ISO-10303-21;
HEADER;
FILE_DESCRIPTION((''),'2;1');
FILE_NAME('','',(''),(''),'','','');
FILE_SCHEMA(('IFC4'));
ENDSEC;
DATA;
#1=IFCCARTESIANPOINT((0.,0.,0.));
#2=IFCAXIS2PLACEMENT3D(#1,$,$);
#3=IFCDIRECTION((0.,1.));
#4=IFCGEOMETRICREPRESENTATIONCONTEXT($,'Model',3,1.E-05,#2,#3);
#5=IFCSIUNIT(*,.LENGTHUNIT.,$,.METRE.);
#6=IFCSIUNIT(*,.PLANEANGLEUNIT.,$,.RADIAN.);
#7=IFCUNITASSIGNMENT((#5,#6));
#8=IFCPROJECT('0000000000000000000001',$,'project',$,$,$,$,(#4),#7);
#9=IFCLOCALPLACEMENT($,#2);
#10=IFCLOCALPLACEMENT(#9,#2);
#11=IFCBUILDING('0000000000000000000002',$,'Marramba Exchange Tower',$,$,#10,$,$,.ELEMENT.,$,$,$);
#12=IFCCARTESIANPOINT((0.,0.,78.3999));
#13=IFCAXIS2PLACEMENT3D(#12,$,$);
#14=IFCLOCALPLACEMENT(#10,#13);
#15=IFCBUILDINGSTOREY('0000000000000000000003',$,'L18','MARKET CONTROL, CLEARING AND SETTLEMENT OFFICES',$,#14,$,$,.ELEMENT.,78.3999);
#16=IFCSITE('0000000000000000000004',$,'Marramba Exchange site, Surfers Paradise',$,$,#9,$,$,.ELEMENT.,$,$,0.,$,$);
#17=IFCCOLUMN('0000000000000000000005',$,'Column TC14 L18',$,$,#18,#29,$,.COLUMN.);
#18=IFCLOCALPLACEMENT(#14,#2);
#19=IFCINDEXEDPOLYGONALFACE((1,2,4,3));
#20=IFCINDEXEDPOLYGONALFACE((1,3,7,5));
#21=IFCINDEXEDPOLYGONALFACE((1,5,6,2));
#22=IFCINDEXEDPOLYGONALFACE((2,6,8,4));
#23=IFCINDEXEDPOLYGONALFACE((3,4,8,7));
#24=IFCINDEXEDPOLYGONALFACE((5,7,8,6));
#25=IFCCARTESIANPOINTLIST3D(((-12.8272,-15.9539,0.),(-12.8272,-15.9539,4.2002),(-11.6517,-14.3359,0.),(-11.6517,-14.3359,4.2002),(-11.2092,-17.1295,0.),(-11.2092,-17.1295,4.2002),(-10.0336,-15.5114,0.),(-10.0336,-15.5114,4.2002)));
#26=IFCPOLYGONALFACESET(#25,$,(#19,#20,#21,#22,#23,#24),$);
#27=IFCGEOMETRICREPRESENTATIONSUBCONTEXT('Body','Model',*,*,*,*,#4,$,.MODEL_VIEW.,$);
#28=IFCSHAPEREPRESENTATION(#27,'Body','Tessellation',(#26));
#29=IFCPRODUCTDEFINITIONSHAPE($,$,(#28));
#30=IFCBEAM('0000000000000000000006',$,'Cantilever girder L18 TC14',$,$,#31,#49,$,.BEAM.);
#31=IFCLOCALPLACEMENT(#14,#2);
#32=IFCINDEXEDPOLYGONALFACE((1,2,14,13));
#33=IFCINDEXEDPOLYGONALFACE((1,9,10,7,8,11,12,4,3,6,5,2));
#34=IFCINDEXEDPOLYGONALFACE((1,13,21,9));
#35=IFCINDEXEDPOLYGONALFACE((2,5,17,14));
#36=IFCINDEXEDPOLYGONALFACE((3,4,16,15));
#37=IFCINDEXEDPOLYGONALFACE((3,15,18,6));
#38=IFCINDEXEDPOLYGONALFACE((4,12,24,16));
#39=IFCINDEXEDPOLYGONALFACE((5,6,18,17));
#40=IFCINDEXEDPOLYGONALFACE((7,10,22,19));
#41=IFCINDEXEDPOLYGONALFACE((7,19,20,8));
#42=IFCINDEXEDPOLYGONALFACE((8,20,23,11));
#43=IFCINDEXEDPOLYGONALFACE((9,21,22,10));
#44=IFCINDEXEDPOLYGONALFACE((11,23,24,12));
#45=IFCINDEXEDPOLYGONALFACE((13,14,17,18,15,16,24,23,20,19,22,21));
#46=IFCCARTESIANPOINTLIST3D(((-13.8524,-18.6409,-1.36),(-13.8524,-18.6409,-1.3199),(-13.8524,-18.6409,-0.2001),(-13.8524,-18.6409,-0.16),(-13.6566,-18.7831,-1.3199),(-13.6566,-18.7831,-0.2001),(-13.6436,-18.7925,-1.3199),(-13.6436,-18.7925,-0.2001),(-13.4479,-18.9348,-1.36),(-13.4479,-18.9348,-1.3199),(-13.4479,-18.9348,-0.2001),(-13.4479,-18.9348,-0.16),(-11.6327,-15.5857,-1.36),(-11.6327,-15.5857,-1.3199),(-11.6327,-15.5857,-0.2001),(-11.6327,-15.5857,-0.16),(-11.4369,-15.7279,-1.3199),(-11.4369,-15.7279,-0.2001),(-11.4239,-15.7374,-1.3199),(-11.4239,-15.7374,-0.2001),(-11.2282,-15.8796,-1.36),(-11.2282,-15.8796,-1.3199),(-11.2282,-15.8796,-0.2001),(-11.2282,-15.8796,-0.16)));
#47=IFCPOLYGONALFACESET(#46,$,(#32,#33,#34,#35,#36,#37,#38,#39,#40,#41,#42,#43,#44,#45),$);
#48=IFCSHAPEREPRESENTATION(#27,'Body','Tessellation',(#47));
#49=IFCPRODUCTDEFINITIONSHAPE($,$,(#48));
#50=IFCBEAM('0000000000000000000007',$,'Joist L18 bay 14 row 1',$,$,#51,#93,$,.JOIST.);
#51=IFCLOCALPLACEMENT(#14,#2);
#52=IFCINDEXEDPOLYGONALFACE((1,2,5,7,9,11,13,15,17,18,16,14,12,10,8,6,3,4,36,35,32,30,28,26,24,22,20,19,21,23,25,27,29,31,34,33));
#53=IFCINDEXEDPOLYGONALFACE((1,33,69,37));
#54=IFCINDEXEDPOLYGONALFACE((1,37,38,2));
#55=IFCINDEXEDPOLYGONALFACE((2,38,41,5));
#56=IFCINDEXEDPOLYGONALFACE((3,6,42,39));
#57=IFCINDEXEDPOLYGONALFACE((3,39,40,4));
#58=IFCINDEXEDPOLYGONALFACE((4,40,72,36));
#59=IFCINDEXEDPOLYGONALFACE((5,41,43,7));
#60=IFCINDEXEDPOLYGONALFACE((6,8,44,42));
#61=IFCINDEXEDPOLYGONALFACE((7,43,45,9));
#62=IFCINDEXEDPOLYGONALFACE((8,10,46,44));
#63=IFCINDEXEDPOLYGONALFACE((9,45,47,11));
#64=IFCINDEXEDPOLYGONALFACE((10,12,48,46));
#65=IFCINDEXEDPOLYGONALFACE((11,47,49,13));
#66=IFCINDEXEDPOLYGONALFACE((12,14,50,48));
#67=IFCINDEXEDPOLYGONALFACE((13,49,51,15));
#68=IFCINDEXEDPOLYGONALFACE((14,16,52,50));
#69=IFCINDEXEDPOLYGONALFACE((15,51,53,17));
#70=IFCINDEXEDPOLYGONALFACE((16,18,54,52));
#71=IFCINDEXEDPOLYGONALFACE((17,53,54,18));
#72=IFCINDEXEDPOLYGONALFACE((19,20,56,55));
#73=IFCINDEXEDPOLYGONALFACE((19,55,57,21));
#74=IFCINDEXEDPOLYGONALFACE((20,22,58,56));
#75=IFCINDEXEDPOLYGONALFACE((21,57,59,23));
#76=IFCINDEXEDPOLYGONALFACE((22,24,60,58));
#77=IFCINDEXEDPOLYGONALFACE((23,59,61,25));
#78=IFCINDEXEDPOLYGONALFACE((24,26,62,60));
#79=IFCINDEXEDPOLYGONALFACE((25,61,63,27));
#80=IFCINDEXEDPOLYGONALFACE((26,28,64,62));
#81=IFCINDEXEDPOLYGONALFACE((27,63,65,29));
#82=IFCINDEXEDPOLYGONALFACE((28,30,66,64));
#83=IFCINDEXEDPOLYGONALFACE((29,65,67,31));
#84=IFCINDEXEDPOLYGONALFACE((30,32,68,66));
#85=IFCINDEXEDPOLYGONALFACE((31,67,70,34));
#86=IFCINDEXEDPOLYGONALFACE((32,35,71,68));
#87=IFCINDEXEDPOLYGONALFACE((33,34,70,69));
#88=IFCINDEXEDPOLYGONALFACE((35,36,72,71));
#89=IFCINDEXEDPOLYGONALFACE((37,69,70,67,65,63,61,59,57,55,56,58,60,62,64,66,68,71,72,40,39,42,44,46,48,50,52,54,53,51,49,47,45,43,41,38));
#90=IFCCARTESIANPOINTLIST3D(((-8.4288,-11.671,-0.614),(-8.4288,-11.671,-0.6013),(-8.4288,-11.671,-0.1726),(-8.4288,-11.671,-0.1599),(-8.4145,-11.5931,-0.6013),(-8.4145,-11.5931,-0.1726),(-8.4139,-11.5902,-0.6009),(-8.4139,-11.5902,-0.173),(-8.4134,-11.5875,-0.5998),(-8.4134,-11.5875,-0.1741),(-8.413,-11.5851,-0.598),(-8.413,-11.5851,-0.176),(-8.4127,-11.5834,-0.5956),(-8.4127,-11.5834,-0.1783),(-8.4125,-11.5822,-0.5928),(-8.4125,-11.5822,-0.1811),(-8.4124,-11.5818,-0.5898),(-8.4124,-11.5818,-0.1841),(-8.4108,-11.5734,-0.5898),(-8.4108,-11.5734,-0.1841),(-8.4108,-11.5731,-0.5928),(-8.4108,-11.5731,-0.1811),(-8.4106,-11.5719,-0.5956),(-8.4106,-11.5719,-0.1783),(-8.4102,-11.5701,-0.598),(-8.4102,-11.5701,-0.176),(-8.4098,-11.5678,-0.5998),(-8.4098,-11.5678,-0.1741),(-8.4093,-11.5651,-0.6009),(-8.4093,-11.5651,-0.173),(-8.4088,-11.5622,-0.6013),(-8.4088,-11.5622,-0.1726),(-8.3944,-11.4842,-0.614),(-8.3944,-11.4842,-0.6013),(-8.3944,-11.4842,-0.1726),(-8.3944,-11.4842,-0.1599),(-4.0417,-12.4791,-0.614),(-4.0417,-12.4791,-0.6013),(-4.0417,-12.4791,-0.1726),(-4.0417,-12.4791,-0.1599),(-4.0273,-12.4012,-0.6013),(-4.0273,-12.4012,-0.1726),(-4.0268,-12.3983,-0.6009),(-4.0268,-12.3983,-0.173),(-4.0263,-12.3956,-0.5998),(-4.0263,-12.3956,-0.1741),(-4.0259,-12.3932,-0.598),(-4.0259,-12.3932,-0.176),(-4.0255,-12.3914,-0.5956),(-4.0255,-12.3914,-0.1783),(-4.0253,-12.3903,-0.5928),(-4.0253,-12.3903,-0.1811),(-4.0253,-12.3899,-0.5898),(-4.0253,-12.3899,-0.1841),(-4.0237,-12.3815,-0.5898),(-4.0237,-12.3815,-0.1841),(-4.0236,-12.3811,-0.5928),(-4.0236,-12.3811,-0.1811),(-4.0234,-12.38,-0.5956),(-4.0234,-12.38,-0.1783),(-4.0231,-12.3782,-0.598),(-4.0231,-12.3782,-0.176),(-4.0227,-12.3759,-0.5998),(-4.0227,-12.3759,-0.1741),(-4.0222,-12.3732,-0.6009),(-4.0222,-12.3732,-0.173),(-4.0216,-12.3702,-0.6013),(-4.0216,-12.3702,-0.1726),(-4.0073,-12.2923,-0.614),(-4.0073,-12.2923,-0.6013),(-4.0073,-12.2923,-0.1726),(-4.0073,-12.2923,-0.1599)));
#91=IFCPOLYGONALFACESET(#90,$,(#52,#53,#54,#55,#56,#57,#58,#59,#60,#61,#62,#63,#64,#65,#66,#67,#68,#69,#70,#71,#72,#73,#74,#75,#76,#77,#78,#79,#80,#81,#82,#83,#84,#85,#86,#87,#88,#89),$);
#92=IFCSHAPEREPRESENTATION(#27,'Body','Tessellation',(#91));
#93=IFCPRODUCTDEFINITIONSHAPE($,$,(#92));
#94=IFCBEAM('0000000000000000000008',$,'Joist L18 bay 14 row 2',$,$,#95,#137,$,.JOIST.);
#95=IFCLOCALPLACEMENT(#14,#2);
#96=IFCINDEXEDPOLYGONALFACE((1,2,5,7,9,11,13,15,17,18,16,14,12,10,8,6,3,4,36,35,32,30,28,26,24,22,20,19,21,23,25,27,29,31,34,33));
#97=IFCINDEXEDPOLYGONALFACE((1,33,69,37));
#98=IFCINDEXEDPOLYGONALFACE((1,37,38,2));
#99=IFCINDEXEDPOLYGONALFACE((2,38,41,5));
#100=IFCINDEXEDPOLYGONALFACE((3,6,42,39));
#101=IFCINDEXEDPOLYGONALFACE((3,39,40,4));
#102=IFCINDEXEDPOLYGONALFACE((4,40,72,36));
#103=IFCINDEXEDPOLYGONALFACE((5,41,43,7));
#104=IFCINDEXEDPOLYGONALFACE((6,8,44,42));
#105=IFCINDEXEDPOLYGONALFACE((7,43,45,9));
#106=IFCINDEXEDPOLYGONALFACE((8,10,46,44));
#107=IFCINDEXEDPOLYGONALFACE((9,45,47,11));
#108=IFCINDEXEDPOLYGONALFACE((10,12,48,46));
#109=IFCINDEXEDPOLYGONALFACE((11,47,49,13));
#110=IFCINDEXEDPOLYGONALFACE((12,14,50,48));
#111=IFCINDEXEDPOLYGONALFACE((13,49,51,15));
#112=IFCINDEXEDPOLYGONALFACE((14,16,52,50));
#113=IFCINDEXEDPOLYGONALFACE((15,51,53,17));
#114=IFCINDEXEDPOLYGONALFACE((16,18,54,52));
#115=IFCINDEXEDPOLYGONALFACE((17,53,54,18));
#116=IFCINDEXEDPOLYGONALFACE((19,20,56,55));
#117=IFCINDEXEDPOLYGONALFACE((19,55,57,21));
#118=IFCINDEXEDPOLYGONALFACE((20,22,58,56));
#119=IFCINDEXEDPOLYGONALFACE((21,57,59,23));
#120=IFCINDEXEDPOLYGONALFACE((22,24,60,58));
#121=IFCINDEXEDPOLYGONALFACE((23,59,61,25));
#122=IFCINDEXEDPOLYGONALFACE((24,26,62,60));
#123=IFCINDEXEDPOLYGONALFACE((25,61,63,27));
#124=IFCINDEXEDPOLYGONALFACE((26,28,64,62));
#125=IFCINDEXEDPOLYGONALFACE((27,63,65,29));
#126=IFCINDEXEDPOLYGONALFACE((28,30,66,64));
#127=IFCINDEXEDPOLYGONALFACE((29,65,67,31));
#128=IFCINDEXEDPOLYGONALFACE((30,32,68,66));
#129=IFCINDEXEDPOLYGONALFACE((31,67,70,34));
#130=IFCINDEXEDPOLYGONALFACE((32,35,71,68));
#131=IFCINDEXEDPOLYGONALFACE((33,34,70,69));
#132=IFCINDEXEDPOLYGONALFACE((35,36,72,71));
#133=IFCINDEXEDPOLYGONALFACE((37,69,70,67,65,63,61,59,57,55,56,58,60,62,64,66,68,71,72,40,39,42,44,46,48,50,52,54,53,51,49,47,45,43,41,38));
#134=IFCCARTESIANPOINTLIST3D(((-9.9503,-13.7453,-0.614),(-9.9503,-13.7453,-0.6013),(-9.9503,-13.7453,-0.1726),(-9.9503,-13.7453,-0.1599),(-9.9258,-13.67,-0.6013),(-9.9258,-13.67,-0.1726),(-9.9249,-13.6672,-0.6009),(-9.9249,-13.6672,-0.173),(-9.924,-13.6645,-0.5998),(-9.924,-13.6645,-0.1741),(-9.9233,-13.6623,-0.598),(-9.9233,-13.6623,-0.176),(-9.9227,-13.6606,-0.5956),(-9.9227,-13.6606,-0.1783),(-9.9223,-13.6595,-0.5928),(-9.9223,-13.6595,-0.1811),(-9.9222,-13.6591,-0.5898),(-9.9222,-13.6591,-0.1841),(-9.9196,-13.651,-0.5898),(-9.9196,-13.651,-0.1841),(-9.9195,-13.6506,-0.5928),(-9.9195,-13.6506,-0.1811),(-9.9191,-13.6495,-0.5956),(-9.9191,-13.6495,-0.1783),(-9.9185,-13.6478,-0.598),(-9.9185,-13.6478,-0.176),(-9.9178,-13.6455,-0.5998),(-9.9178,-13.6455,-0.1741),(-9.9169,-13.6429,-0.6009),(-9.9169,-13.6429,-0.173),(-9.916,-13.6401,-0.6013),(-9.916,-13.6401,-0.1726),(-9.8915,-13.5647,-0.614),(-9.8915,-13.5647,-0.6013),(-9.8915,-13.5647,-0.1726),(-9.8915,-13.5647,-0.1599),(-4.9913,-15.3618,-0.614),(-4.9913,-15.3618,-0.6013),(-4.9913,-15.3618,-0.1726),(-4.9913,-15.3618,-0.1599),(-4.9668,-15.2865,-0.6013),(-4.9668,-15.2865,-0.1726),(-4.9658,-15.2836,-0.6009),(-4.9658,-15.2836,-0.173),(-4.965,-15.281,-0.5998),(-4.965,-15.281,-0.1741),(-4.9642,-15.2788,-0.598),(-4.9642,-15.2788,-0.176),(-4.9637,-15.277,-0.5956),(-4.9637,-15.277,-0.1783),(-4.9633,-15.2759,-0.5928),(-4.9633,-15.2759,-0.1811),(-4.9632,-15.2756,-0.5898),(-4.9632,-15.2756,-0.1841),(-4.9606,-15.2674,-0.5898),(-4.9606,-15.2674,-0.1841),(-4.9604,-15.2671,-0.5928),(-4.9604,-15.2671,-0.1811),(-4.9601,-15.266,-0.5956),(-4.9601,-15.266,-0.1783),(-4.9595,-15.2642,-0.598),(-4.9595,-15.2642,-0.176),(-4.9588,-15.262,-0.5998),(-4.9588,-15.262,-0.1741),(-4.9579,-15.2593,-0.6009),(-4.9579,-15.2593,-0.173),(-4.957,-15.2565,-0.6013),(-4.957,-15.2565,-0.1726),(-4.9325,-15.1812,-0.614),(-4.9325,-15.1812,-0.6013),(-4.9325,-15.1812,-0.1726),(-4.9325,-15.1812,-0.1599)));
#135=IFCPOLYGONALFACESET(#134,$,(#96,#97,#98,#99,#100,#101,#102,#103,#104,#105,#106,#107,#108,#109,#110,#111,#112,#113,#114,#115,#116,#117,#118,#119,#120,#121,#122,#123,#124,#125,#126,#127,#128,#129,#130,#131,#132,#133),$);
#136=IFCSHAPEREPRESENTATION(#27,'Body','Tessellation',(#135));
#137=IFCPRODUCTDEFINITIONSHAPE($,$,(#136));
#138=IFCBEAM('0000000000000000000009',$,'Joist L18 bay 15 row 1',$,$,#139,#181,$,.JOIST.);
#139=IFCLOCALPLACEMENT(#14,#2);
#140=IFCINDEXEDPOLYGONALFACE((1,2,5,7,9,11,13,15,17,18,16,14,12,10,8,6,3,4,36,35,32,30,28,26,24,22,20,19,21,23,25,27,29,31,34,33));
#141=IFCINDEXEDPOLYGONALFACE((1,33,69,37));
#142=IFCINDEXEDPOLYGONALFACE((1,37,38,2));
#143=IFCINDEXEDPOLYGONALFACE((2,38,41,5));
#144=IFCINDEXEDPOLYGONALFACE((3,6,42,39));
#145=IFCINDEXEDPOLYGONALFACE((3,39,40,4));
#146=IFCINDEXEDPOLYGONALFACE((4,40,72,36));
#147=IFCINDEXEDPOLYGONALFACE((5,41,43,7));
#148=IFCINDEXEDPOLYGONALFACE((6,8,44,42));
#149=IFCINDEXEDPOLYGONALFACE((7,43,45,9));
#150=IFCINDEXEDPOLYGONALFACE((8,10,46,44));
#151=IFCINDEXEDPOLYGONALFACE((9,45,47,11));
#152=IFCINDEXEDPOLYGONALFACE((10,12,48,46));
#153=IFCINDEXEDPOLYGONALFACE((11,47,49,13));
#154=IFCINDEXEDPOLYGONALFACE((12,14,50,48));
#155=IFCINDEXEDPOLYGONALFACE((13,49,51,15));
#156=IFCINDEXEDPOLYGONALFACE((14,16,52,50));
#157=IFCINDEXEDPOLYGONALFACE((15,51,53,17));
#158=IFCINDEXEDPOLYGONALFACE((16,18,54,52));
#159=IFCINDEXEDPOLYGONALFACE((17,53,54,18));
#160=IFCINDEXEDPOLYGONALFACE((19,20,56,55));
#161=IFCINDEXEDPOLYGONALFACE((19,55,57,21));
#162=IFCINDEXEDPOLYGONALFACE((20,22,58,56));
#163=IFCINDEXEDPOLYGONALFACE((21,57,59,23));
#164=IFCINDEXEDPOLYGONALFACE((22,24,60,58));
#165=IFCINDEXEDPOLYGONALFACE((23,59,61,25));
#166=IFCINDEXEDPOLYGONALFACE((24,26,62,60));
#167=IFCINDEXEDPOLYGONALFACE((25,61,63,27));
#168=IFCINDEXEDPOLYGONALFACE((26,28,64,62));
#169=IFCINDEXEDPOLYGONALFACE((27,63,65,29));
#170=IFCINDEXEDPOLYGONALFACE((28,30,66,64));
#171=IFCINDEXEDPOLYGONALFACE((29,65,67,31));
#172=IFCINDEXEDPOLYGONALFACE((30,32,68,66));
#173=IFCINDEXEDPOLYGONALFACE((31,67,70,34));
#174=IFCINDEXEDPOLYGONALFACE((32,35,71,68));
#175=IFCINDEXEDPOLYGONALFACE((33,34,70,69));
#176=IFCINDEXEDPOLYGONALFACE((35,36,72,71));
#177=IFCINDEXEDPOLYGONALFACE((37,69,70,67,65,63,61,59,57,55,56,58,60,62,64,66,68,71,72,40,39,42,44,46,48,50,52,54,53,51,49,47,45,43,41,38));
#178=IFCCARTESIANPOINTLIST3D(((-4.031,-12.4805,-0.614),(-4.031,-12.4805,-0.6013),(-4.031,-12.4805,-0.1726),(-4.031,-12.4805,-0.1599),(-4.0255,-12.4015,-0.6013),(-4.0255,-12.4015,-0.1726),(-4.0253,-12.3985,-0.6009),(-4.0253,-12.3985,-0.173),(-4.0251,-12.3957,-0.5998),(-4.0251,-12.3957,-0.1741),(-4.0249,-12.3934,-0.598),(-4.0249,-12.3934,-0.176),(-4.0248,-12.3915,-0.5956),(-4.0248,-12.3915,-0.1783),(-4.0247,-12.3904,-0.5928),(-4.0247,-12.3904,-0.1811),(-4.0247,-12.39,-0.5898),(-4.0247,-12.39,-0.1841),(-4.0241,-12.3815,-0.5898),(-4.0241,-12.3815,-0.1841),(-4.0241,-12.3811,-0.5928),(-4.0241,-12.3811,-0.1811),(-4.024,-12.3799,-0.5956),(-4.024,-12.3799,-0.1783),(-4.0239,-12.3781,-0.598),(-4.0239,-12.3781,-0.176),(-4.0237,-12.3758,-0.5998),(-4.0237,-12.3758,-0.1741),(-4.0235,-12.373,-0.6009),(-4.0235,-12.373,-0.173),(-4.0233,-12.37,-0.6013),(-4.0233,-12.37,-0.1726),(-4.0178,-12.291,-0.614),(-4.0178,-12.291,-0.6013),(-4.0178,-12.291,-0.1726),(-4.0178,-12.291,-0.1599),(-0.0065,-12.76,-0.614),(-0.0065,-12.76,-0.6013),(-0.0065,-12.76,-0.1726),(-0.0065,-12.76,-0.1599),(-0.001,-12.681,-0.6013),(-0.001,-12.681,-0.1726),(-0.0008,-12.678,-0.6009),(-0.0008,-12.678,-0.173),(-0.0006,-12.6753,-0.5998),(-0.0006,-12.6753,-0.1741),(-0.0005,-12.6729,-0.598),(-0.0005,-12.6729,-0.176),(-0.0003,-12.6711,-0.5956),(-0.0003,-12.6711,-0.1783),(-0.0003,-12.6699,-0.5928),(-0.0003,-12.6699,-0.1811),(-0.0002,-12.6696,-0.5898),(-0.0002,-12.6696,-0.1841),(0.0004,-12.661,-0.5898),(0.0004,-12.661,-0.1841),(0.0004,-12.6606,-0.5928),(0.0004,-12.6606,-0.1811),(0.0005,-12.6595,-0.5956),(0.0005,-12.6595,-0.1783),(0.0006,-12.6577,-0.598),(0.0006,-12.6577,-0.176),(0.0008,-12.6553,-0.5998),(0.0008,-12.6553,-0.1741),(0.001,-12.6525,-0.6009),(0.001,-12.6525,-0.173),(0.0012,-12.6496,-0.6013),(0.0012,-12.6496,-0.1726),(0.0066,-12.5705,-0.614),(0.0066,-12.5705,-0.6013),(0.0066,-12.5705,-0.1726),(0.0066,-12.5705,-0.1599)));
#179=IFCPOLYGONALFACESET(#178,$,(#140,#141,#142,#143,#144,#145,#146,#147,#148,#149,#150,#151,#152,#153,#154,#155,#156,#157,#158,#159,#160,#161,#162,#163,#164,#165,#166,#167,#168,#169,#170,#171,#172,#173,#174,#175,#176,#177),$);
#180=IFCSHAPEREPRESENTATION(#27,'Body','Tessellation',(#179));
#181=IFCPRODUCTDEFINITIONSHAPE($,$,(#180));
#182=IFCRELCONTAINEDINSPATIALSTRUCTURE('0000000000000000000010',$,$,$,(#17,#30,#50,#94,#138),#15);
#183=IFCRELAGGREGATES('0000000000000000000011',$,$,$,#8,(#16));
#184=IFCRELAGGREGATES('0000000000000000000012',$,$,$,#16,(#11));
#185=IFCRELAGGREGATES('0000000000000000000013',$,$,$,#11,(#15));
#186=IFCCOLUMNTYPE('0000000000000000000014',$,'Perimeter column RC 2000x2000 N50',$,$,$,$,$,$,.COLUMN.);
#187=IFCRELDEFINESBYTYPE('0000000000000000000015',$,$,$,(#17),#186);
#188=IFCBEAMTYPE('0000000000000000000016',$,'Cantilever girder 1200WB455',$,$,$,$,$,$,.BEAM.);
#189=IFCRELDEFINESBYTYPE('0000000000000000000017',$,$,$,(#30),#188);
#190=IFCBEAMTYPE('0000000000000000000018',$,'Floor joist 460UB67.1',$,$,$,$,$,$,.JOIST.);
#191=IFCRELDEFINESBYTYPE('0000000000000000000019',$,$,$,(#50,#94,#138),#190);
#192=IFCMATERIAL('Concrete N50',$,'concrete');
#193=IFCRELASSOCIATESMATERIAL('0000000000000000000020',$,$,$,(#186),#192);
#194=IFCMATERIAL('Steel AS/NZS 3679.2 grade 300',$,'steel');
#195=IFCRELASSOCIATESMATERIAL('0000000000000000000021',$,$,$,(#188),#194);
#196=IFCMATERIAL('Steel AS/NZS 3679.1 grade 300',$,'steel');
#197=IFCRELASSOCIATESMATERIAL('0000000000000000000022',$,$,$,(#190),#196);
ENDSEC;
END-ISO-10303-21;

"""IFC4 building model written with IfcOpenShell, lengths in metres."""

from ifc_helpers import new_model, si_unit, direction, frame, origin, origin_2d, place, context, subcontext, project, spatial, rectangle, i_section, extrude, material, material_profile, profile_set, type_object, element, save


model = new_model("IFC4")

# Units and contexts
model_context = context("Model", 3, precision=1e-05, world=origin(), true_north=direction((0.0, 1.0)))
body_context = subcontext(model_context, "Body", "Model", "MODEL_VIEW")
ifc_project = project(units=[si_unit("LENGTHUNIT", "METRE"), si_unit("PLANEANGLEUNIT", "RADIAN")], contexts=[model_context])

# Site, building, storey
site_placement = place(None, origin())
site = spatial("IfcSite", under=ifc_project, at=site_placement, Name="Marramba Exchange site, Surfers Paradise", CompositionType="ELEMENT", RefElevation=0.0)
building_placement = place(site_placement, origin())
building = spatial("IfcBuilding", under=site, at=building_placement, Name="Marramba Exchange Tower", CompositionType="ELEMENT")
storey_placement = place(building_placement, frame((0.0, 0.0, 78.3999)))
storey = spatial("IfcBuildingStorey", under=building, at=storey_placement, Name="L18", Description="MARKET CONTROL, CLEARING AND SETTLEMENT OFFICES", CompositionType="ELEMENT", Elevation=78.3999)

# Column
ifc_material_1 = material(Name="Concrete N50", Category="concrete")
ifc_material_profile_1 = material_profile(ifc_material_1, rectangle(XDim=2.0, YDim=2.0, at=origin_2d()), Name="RC 2000x2000")
ifc_profile_set_1 = profile_set([ifc_material_profile_1], Name="Concrete N50")
column_type = type_object("IfcColumnType", Name="Perimeter column RC 2000x2000 N50", PredefinedType="COLUMN", material=ifc_profile_set_1)
column_placement = place(storey_placement, frame((-11.4304, -15.7327, 0.0), z_axis=(0.0, 0.0, 1.0), x_axis=(-0.587785, -0.809017, 0.0)))
element("IfcColumn", 1, at=column_placement, inside=storey, type_object=column_type, Name="Column TC14 L18", PredefinedType="COLUMN", context=body_context, shape_type="SweptSolid", body=[
    extrude(rectangle(XDim=2.0, YDim=2.0, at=origin_2d()), origin(), (0.0, 0.0, 1.0), 4.2002),
])

# Beams
ifc_material_2 = material(Name="Steel AS/NZS 3679.2 grade 300", Category="steel")
ifc_material_profile_2 = material_profile(ifc_material_2, i_section(OverallWidth=0.5, OverallDepth=1.2, WebThickness=0.0161, FlangeThickness=0.04, at=origin_2d()), Name="1200WB455")
ifc_profile_set_2 = profile_set([ifc_material_profile_2], Name="Steel AS/NZS 3679.2 grade 300")
beam_type_1 = type_object("IfcBeamType", Name="Cantilever girder 1200WB455", PredefinedType="BEAM", material=ifc_profile_set_2)
beam_1_placement = place(storey_placement, frame((-11.4304, -15.7327, -0.76), z_axis=(-0.587787, -0.809016, 0.0), x_axis=(0.809016, -0.587787, 0.0)))
element("IfcBeam", 2, at=beam_1_placement, inside=storey, type_object=beam_type_1, Name="Cantilever girder L18 TC14", PredefinedType="BEAM", context=body_context, shape_type="SweptSolid", body=[
    extrude(i_section(OverallWidth=0.5, OverallDepth=1.2, WebThickness=0.0161, FlangeThickness=0.04, at=origin_2d()), origin(), (0.0, 0.0, 1.0), 3.7764),
])
ifc_material_3 = material(Name="Steel AS/NZS 3679.1 grade 300", Category="steel")
ifc_material_profile_3 = material_profile(ifc_material_3, i_section(OverallWidth=0.1899, OverallDepth=0.4541, WebThickness=0.0085, FlangeThickness=0.0127, FilletRadius=0.0115, at=origin_2d()), Name="460UB67.1")
ifc_profile_set_3 = profile_set([ifc_material_profile_3], Name="Steel AS/NZS 3679.1 grade 300")
beam_type_2 = type_object("IfcBeamType", Name="Floor joist 460UB67.1", PredefinedType="JOIST", material=ifc_profile_set_3)
beam_2_placement = place(storey_placement, frame((-8.4116, -11.5776, -0.387), z_axis=(0.983456, -0.181149, 0.0), x_axis=(0.181149, 0.983456, 0.0)))
element("IfcBeam", 3, at=beam_2_placement, inside=storey, type_object=beam_type_2, Name="Joist L18 bay 14 row 1", PredefinedType="JOIST", context=body_context, shape_type="SweptSolid", body=[
    extrude(i_section(OverallWidth=0.1899, OverallDepth=0.4541, WebThickness=0.0085, FlangeThickness=0.0127, FilletRadius=0.0115, at=origin_2d()), origin(), (0.0, 0.0, 1.0), 4.4609),
])
beam_3_placement = place(storey_placement, frame((-9.9209, -13.655, -0.387), z_axis=(0.950764, -0.309916, 0.0), x_axis=(0.309916, 0.950764, 0.0)))
element("IfcBeam", 4, at=beam_3_placement, inside=storey, type_object=beam_type_2, Name="Joist L18 bay 14 row 2", PredefinedType="JOIST", context=body_context, shape_type="SweptSolid", body=[
    extrude(i_section(OverallWidth=0.1899, OverallDepth=0.4541, WebThickness=0.0085, FlangeThickness=0.0127, FilletRadius=0.0115, at=origin_2d()), origin(), (0.0, 0.0, 1.0), 5.2158),
])
beam_4_placement = place(storey_placement, frame((-4.0244, -12.3857, -0.387), z_axis=(0.997596, -0.069294, 0.0), x_axis=(0.069294, 0.997596, 0.0)))
element("IfcBeam", 5, at=beam_4_placement, inside=storey, type_object=beam_type_2, Name="Joist L18 bay 15 row 1", PredefinedType="JOIST", context=body_context, shape_type="SweptSolid", body=[
    extrude(i_section(OverallWidth=0.1899, OverallDepth=0.4541, WebThickness=0.0085, FlangeThickness=0.0127, FilletRadius=0.0115, at=origin_2d()), origin(), (0.0, 0.0, 1.0), 4.0342),
])

save(model, "model.ifc")
